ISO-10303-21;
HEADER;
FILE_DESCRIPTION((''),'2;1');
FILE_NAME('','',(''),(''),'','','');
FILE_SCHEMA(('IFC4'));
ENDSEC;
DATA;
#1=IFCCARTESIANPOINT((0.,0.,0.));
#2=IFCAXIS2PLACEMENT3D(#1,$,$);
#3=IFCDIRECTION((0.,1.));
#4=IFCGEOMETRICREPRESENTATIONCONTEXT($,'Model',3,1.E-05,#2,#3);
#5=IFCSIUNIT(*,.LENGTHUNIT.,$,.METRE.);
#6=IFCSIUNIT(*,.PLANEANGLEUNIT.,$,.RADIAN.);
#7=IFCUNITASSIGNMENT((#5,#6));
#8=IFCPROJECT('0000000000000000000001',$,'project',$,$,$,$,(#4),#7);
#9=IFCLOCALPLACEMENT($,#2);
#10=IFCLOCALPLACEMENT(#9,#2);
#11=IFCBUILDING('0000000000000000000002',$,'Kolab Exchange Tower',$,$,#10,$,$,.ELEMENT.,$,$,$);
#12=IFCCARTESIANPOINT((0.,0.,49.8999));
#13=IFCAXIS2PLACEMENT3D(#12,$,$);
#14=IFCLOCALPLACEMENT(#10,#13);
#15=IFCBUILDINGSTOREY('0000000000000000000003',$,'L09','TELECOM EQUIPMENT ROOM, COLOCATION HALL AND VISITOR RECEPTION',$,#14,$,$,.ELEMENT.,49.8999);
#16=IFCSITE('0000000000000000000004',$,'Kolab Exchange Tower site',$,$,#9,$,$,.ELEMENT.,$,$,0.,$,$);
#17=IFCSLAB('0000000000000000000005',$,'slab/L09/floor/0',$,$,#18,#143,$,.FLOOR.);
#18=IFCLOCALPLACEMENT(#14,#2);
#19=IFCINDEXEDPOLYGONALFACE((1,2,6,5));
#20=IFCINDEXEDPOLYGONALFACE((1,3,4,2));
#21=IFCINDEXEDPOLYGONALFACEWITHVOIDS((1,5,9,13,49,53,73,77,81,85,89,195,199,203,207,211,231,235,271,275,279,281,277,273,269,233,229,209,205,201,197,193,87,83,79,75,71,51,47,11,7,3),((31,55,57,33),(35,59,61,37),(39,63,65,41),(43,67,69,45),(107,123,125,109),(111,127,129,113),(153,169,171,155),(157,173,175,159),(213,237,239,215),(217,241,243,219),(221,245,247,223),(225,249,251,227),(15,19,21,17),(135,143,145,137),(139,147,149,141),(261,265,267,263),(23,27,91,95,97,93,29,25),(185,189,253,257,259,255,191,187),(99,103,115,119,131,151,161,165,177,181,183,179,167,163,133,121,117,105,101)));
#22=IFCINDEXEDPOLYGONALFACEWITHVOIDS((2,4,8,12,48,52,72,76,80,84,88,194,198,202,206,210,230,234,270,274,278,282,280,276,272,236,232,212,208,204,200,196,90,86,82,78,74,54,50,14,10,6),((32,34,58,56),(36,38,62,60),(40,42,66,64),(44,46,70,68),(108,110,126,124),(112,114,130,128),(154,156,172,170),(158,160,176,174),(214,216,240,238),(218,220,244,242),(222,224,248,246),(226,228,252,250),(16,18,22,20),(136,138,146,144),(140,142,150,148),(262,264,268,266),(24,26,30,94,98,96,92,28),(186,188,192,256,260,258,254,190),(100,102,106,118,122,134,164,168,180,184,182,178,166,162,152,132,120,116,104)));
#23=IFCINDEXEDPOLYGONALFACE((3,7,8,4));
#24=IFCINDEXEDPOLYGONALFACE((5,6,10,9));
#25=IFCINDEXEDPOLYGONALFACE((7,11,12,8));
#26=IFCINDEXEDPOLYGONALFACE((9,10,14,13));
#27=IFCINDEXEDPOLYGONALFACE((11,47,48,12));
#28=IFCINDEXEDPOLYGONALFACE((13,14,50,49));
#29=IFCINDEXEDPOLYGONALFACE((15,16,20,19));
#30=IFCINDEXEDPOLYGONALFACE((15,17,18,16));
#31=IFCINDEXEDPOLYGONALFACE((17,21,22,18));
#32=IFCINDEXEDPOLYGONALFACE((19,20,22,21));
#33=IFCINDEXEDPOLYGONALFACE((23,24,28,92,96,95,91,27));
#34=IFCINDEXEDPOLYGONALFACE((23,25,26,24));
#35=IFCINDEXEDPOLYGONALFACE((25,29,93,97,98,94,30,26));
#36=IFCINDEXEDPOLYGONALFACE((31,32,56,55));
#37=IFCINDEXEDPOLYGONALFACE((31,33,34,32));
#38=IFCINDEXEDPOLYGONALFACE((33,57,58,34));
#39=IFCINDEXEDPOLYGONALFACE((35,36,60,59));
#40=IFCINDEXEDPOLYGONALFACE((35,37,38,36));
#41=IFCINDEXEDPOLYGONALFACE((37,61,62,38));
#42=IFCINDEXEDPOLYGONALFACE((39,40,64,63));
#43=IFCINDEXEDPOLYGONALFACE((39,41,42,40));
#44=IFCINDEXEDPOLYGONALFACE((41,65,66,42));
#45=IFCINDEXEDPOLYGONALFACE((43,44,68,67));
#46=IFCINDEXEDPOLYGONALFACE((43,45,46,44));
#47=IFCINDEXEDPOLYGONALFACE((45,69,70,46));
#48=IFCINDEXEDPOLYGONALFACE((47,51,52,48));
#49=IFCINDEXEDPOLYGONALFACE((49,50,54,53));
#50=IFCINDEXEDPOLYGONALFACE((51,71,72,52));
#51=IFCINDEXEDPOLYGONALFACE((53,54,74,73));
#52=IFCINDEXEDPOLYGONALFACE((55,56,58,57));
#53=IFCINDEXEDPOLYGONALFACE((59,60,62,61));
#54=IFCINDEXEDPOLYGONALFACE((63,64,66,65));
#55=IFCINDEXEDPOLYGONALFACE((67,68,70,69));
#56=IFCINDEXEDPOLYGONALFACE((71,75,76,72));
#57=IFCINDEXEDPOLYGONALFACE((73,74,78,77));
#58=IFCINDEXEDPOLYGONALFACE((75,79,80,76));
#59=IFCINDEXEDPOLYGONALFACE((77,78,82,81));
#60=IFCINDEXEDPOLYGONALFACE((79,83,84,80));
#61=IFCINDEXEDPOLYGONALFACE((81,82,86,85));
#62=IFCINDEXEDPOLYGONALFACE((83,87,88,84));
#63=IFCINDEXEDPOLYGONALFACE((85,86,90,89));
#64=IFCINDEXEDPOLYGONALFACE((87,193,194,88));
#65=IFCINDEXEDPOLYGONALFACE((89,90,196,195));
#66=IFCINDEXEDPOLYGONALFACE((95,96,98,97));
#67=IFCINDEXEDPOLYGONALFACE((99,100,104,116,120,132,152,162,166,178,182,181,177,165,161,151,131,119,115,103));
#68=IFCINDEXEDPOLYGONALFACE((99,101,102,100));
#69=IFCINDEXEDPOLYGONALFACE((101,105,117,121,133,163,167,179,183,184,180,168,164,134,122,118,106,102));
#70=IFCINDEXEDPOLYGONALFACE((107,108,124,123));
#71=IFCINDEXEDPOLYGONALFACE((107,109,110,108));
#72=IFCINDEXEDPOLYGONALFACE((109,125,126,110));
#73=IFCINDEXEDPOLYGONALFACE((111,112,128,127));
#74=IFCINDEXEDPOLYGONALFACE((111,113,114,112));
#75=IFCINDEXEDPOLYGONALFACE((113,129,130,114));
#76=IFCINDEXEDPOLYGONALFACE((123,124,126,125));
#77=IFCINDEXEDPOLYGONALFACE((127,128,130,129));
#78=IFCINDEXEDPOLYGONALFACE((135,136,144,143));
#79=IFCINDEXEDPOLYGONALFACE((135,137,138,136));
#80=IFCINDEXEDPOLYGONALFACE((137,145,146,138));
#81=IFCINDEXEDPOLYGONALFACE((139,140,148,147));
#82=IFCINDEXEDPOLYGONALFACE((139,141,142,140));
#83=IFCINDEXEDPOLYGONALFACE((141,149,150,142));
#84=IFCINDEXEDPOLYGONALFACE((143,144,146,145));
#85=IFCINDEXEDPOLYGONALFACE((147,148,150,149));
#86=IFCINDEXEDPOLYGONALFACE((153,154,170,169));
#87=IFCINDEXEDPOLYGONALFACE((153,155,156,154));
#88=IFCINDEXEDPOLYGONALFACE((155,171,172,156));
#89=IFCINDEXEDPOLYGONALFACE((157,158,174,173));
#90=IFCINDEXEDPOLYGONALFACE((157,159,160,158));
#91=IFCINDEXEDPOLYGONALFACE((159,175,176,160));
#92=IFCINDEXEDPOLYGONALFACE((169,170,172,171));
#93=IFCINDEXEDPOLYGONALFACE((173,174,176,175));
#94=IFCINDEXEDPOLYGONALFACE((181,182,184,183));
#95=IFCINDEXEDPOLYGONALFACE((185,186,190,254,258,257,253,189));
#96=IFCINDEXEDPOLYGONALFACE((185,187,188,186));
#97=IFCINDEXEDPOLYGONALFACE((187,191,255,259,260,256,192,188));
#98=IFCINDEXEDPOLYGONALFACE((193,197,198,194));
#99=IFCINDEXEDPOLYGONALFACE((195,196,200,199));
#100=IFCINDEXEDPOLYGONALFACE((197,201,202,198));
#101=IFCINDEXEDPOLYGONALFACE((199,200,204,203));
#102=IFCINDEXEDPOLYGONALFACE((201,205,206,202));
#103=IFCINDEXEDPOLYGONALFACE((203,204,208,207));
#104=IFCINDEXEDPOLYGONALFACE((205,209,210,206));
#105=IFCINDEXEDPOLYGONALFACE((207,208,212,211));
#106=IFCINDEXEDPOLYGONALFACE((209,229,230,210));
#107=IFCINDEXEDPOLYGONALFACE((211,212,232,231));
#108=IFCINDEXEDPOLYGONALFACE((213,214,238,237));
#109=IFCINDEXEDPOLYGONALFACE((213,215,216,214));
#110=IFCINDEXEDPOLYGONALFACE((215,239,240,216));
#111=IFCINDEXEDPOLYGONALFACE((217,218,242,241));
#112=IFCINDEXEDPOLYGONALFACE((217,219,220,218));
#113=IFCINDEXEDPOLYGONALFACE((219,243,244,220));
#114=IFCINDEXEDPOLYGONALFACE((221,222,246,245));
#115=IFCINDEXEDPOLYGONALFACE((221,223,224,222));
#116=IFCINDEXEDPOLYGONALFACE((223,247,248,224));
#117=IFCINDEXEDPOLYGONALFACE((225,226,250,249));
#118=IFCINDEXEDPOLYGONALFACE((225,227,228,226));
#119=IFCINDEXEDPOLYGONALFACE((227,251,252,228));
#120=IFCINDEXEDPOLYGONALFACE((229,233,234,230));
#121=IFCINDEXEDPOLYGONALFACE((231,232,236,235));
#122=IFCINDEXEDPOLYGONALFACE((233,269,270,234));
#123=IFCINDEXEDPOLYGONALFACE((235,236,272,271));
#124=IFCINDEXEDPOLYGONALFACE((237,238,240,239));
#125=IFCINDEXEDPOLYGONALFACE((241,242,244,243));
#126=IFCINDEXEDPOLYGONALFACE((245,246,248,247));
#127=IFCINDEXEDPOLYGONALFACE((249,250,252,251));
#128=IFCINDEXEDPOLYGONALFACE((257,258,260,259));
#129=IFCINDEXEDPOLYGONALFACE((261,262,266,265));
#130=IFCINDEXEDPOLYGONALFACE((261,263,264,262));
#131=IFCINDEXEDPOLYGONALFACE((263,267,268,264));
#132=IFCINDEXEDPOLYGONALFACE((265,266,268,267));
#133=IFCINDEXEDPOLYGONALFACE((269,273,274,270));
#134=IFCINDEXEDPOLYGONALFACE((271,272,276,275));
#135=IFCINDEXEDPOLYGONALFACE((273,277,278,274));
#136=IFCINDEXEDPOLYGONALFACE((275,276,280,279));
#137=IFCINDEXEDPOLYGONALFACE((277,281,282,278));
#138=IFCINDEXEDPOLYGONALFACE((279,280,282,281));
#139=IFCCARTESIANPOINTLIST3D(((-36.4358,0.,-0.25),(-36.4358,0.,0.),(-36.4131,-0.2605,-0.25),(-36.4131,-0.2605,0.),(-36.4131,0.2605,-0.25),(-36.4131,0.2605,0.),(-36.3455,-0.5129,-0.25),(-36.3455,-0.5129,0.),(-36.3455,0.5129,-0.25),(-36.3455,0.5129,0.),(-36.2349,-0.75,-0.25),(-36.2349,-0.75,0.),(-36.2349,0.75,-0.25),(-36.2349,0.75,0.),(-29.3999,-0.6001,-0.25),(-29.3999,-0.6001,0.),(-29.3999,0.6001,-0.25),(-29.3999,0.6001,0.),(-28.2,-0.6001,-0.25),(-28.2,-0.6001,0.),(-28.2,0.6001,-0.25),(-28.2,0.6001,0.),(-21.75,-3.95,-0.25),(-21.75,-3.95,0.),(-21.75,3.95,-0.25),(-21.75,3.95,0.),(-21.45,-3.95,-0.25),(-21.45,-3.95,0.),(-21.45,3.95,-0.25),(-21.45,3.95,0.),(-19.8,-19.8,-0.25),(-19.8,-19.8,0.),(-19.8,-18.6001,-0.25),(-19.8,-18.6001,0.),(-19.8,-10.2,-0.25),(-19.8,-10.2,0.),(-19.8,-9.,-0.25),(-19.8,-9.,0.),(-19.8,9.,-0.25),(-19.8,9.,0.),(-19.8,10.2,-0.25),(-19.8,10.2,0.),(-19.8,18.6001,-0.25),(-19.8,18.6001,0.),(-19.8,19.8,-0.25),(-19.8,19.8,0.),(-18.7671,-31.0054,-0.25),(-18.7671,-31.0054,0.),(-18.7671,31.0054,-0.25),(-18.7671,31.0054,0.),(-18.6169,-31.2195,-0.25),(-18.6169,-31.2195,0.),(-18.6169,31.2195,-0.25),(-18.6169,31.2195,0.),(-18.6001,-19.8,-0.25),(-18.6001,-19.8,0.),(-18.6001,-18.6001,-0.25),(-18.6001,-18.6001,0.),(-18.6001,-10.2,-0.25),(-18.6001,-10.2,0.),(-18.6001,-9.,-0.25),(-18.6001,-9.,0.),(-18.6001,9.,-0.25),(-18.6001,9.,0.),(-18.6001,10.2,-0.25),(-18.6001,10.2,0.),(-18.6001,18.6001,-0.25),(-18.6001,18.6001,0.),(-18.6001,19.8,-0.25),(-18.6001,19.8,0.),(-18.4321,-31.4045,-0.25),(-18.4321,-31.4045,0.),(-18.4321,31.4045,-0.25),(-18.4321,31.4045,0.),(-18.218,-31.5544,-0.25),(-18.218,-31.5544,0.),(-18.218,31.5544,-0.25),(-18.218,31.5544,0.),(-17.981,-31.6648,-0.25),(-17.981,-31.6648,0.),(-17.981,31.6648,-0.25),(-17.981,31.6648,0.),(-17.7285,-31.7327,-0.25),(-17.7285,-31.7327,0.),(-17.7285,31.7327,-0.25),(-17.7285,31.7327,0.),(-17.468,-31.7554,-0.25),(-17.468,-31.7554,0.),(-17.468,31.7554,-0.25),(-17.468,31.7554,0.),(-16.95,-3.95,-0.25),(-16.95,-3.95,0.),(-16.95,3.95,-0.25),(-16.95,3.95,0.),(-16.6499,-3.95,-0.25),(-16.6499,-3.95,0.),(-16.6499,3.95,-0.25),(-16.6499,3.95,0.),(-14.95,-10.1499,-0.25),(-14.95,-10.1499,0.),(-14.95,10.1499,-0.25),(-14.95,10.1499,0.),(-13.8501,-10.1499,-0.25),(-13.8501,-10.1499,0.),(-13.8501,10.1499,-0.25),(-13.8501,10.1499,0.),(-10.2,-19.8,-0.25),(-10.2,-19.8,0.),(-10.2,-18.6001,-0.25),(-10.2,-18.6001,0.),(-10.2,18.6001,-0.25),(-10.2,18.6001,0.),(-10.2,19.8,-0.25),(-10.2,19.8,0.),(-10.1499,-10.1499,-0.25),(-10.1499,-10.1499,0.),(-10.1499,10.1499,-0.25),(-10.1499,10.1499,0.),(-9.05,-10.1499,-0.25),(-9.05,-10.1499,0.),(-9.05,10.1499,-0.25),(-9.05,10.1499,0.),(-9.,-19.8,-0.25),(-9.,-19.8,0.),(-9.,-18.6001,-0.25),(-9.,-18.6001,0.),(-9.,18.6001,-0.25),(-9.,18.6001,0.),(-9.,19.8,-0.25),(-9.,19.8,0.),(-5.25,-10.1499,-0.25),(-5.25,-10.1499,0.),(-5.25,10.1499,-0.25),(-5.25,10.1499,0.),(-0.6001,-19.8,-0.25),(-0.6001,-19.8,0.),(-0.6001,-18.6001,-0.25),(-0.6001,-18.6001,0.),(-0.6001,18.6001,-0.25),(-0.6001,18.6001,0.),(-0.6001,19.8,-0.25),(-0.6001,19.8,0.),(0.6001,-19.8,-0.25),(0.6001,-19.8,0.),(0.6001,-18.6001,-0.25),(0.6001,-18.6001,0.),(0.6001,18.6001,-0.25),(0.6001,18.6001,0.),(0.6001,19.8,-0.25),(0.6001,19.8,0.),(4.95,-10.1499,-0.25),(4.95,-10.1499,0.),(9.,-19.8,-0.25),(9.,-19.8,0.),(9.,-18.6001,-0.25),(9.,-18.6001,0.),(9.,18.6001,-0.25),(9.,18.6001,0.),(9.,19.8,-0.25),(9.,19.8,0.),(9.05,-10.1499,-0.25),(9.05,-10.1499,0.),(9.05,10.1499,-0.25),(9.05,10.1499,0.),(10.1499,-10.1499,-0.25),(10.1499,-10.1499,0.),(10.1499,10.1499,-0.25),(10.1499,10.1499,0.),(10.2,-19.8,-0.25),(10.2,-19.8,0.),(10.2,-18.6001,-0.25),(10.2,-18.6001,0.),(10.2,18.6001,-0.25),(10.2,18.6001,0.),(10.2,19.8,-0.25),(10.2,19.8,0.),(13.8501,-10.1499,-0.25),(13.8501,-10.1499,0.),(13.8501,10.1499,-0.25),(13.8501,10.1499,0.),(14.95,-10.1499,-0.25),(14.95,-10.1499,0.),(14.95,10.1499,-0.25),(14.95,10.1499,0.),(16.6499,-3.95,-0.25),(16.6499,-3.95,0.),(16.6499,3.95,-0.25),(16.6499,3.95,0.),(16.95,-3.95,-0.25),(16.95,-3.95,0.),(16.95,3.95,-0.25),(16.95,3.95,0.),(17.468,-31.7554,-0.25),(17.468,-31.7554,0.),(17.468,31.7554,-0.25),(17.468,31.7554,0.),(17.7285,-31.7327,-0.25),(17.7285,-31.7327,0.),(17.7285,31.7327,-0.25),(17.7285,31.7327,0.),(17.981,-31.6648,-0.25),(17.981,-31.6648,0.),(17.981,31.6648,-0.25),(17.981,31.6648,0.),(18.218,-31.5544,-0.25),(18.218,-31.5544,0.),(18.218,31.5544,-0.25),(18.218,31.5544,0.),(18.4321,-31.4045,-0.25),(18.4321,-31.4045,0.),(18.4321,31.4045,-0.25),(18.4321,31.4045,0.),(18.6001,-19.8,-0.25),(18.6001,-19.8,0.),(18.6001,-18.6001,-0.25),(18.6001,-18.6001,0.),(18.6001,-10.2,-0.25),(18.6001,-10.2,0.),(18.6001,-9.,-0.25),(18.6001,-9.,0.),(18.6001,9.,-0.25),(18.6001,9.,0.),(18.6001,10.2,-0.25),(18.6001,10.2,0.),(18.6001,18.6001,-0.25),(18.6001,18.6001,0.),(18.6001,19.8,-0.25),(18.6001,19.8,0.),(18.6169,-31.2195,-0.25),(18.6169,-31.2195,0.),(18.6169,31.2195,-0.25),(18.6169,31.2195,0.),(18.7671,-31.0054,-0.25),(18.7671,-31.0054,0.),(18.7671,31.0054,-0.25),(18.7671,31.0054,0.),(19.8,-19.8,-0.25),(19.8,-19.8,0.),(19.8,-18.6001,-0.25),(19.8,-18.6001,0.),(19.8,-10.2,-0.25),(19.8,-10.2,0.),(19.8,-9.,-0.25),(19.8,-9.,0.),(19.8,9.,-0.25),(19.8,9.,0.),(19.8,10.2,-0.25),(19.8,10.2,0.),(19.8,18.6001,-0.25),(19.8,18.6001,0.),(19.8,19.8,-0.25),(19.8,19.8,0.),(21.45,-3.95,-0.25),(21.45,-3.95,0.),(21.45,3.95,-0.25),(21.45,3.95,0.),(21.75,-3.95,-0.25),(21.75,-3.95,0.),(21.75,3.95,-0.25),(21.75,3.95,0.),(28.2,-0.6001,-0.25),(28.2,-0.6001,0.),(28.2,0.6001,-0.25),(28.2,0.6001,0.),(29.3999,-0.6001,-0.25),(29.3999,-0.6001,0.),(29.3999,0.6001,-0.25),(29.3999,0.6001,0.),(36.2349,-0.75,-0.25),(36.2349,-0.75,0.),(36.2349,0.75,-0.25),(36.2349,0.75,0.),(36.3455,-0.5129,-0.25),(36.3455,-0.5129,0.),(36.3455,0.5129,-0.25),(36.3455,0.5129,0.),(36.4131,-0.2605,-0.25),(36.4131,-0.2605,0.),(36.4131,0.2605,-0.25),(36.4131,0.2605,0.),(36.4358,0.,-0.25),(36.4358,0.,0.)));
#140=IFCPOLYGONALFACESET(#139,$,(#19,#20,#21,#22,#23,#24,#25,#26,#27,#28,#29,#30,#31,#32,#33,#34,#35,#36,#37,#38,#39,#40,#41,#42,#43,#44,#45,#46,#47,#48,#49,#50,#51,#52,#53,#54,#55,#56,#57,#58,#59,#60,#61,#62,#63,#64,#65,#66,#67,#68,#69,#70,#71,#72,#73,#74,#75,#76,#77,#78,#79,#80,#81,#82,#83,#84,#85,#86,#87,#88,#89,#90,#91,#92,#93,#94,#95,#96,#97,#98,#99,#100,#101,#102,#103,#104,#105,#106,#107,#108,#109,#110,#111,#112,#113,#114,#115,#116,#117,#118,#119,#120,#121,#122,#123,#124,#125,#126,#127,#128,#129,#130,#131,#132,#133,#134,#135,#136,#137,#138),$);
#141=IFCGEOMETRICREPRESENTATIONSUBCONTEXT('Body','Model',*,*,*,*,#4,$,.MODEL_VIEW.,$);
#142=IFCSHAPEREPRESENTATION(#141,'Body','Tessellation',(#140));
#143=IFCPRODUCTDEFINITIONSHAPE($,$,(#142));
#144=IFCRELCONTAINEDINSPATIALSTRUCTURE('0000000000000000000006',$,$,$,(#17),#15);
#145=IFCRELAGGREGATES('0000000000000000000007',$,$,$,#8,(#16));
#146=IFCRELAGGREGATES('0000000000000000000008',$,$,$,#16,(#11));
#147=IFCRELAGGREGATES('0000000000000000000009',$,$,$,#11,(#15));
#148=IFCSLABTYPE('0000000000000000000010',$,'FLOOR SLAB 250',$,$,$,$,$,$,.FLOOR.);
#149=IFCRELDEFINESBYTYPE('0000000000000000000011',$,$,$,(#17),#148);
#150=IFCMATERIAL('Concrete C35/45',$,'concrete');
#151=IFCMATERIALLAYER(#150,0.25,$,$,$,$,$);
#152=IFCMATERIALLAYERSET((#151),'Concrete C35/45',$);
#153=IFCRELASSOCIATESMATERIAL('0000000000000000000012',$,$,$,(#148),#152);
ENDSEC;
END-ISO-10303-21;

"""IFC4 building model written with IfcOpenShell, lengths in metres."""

from ifc_helpers import new_model, si_unit, direction, frame, origin, place, context, subcontext, project, spatial, polyline, outline, extrude, material, layer, layer_set, type_object, element, save


model = new_model("IFC4")

# Units and contexts
model_context = context("Model", 3, precision=1e-05, world=origin(), true_north=direction((0.0, 1.0)))
body_context = subcontext(model_context, "Body", "Model", "MODEL_VIEW")
ifc_project = project(units=[si_unit("LENGTHUNIT", "METRE"), si_unit("PLANEANGLEUNIT", "RADIAN")], contexts=[model_context])

# Site, building, storey
site_placement = place(None, origin())
site = spatial("IfcSite", under=ifc_project, at=site_placement, Name="Kolab Exchange Tower site", CompositionType="ELEMENT", RefElevation=0.0)
building_placement = place(site_placement, origin())
building = spatial("IfcBuilding", under=site, at=building_placement, Name="Kolab Exchange Tower", CompositionType="ELEMENT")
storey_placement = place(building_placement, frame((0.0, 0.0, 49.8999)))
storey = spatial("IfcBuildingStorey", under=building, at=storey_placement, Name="L09", Description="TELECOM EQUIPMENT ROOM, COLOCATION HALL AND VISITOR RECEPTION", CompositionType="ELEMENT", Elevation=49.8999)

# Slab
ifc_material_1 = material(Name="Concrete C35/45", Category="concrete")
ifc_layer_1 = layer(ifc_material_1, 0.25)
ifc_layer_set_1 = layer_set([ifc_layer_1], Name="Concrete C35/45")
slab_type = type_object("IfcSlabType", Name="FLOOR SLAB 250", PredefinedType="FLOOR", material=ifc_layer_set_1)
slab_1_placement = place(storey_placement, frame((0.0, 0.0, -0.25)))
element("IfcSlab", 1, at=slab_1_placement, inside=storey, type_object=slab_type, Name="slab/L09/floor/0", PredefinedType="FLOOR", context=body_context, shape_type="SweptSolid", body=[
    extrude(outline(polyline([(18.7671, -31.0054), (36.2349, -0.75), (36.3455, -0.5129), (36.4131, -0.2605), (36.4358, 0.0), (36.4131, 0.2605), (36.3455, 0.5129), (36.2349, 0.75), (18.7671, 31.0054), (18.6169, 31.2195), (18.4321, 31.4045), (18.218, 31.5544), (17.981, 31.6648), (17.7285, 31.7327), (17.468, 31.7554), (-17.468, 31.7554), (-17.7285, 31.7327), (-17.981, 31.6648), (-18.218, 31.5544), (-18.4321, 31.4045), (-18.6169, 31.2195), (-18.7671, 31.0054), (-36.2349, 0.75), (-36.3455, 0.5129), (-36.4131, 0.2605), (-36.4358, 0.0), (-36.4131, -0.2605), (-36.3455, -0.5129), (-36.2349, -0.75), (-18.7671, -31.0054), (-18.6169, -31.2195), (-18.4321, -31.4045), (-18.218, -31.5544), (-17.981, -31.6648), (-17.7285, -31.7327), (-17.468, -31.7554), (17.468, -31.7554), (17.7285, -31.7327), (17.981, -31.6648), (18.218, -31.5544), (18.4321, -31.4045), (18.6169, -31.2195), (18.7671, -31.0054)]), holes=[polyline([(-19.8, -18.6001), (-18.6001, -18.6001), (-18.6001, -19.8), (-19.8, -19.8), (-19.8, -18.6001)]), polyline([(-18.6001, -9.0), (-18.6001, -10.2), (-19.8, -10.2), (-19.8, -9.0), (-18.6001, -9.0)]), polyline([(-21.75, -3.95), (-21.75, 3.95), (-21.45, 3.95), (-16.95, 3.95), (-16.6499, 3.95), (-16.6499, -3.95), (-16.95, -3.95), (-21.45, -3.95), (-21.75, -3.95)]), polyline([(-14.95, 10.1499), (-13.8501, 10.1499), (-10.1499, 10.1499), (-9.05, 10.1499), (-5.25, 10.1499), (9.05, 10.1499), (10.1499, 10.1499), (13.8501, 10.1499), (14.95, 10.1499), (14.95, -10.1499), (13.8501, -10.1499), (10.1499, -10.1499), (9.05, -10.1499), (4.95, -10.1499), (-5.25, -10.1499), (-9.05, -10.1499), (-10.1499, -10.1499), (-13.8501, -10.1499), (-14.95, -10.1499), (-14.95, 10.1499)]), polyline([(-28.2, 0.6001), (-28.2, -0.6001), (-29.3999, -0.6001), (-29.3999, 0.6001), (-28.2, 0.6001)]), polyline([(-18.6001, 10.2), (-18.6001, 9.0), (-19.8, 9.0), (-19.8, 10.2), (-18.6001, 10.2)]), polyline([(-19.8, 19.8), (-18.6001, 19.8), (-18.6001, 18.6001), (-19.8, 18.6001), (-19.8, 19.8)]), polyline([(-9.0, -18.6001), (-9.0, -19.8), (-10.2, -19.8), (-10.2, -18.6001), (-9.0, -18.6001)]), polyline([(-9.0, 19.8), (-9.0, 18.6001), (-10.2, 18.6001), (-10.2, 19.8), (-9.0, 19.8)]), polyline([(0.6001, -18.6001), (0.6001, -19.8), (-0.6001, -19.8), (-0.6001, -18.6001), (0.6001, -18.6001)]), polyline([(0.6001, 19.8), (0.6001, 18.6001), (-0.6001, 18.6001), (-0.6001, 19.8), (0.6001, 19.8)]), polyline([(10.2, -18.6001), (10.2, -19.8), (9.0, -19.8), (9.0, -18.6001), (10.2, -18.6001)]), polyline([(9.0, 19.8), (10.2, 19.8), (10.2, 18.6001), (9.0, 18.6001), (9.0, 19.8)]), polyline([(19.8, -18.6001), (19.8, -19.8), (18.6001, -19.8), (18.6001, -18.6001), (19.8, -18.6001)]), polyline([(19.8, -9.0), (19.8, -10.2), (18.6001, -10.2), (18.6001, -9.0), (19.8, -9.0)]), polyline([(16.95, -3.95), (16.6499, -3.95), (16.6499, 3.95), (16.95, 3.95), (21.45, 3.95), (21.75, 3.95), (21.75, -3.95), (21.45, -3.95), (16.95, -3.95)]), polyline([(29.3999, 0.6001), (29.3999, -0.6001), (28.2, -0.6001), (28.2, 0.6001), (29.3999, 0.6001)]), polyline([(18.6001, 10.2), (19.8, 10.2), (19.8, 9.0), (18.6001, 9.0), (18.6001, 10.2)]), polyline([(18.6001, 19.8), (19.8, 19.8), (19.8, 18.6001), (18.6001, 18.6001), (18.6001, 19.8)])]), origin(), (0.0, 0.0, 1.0), 0.25),
])

save(model, "model.ifc")
